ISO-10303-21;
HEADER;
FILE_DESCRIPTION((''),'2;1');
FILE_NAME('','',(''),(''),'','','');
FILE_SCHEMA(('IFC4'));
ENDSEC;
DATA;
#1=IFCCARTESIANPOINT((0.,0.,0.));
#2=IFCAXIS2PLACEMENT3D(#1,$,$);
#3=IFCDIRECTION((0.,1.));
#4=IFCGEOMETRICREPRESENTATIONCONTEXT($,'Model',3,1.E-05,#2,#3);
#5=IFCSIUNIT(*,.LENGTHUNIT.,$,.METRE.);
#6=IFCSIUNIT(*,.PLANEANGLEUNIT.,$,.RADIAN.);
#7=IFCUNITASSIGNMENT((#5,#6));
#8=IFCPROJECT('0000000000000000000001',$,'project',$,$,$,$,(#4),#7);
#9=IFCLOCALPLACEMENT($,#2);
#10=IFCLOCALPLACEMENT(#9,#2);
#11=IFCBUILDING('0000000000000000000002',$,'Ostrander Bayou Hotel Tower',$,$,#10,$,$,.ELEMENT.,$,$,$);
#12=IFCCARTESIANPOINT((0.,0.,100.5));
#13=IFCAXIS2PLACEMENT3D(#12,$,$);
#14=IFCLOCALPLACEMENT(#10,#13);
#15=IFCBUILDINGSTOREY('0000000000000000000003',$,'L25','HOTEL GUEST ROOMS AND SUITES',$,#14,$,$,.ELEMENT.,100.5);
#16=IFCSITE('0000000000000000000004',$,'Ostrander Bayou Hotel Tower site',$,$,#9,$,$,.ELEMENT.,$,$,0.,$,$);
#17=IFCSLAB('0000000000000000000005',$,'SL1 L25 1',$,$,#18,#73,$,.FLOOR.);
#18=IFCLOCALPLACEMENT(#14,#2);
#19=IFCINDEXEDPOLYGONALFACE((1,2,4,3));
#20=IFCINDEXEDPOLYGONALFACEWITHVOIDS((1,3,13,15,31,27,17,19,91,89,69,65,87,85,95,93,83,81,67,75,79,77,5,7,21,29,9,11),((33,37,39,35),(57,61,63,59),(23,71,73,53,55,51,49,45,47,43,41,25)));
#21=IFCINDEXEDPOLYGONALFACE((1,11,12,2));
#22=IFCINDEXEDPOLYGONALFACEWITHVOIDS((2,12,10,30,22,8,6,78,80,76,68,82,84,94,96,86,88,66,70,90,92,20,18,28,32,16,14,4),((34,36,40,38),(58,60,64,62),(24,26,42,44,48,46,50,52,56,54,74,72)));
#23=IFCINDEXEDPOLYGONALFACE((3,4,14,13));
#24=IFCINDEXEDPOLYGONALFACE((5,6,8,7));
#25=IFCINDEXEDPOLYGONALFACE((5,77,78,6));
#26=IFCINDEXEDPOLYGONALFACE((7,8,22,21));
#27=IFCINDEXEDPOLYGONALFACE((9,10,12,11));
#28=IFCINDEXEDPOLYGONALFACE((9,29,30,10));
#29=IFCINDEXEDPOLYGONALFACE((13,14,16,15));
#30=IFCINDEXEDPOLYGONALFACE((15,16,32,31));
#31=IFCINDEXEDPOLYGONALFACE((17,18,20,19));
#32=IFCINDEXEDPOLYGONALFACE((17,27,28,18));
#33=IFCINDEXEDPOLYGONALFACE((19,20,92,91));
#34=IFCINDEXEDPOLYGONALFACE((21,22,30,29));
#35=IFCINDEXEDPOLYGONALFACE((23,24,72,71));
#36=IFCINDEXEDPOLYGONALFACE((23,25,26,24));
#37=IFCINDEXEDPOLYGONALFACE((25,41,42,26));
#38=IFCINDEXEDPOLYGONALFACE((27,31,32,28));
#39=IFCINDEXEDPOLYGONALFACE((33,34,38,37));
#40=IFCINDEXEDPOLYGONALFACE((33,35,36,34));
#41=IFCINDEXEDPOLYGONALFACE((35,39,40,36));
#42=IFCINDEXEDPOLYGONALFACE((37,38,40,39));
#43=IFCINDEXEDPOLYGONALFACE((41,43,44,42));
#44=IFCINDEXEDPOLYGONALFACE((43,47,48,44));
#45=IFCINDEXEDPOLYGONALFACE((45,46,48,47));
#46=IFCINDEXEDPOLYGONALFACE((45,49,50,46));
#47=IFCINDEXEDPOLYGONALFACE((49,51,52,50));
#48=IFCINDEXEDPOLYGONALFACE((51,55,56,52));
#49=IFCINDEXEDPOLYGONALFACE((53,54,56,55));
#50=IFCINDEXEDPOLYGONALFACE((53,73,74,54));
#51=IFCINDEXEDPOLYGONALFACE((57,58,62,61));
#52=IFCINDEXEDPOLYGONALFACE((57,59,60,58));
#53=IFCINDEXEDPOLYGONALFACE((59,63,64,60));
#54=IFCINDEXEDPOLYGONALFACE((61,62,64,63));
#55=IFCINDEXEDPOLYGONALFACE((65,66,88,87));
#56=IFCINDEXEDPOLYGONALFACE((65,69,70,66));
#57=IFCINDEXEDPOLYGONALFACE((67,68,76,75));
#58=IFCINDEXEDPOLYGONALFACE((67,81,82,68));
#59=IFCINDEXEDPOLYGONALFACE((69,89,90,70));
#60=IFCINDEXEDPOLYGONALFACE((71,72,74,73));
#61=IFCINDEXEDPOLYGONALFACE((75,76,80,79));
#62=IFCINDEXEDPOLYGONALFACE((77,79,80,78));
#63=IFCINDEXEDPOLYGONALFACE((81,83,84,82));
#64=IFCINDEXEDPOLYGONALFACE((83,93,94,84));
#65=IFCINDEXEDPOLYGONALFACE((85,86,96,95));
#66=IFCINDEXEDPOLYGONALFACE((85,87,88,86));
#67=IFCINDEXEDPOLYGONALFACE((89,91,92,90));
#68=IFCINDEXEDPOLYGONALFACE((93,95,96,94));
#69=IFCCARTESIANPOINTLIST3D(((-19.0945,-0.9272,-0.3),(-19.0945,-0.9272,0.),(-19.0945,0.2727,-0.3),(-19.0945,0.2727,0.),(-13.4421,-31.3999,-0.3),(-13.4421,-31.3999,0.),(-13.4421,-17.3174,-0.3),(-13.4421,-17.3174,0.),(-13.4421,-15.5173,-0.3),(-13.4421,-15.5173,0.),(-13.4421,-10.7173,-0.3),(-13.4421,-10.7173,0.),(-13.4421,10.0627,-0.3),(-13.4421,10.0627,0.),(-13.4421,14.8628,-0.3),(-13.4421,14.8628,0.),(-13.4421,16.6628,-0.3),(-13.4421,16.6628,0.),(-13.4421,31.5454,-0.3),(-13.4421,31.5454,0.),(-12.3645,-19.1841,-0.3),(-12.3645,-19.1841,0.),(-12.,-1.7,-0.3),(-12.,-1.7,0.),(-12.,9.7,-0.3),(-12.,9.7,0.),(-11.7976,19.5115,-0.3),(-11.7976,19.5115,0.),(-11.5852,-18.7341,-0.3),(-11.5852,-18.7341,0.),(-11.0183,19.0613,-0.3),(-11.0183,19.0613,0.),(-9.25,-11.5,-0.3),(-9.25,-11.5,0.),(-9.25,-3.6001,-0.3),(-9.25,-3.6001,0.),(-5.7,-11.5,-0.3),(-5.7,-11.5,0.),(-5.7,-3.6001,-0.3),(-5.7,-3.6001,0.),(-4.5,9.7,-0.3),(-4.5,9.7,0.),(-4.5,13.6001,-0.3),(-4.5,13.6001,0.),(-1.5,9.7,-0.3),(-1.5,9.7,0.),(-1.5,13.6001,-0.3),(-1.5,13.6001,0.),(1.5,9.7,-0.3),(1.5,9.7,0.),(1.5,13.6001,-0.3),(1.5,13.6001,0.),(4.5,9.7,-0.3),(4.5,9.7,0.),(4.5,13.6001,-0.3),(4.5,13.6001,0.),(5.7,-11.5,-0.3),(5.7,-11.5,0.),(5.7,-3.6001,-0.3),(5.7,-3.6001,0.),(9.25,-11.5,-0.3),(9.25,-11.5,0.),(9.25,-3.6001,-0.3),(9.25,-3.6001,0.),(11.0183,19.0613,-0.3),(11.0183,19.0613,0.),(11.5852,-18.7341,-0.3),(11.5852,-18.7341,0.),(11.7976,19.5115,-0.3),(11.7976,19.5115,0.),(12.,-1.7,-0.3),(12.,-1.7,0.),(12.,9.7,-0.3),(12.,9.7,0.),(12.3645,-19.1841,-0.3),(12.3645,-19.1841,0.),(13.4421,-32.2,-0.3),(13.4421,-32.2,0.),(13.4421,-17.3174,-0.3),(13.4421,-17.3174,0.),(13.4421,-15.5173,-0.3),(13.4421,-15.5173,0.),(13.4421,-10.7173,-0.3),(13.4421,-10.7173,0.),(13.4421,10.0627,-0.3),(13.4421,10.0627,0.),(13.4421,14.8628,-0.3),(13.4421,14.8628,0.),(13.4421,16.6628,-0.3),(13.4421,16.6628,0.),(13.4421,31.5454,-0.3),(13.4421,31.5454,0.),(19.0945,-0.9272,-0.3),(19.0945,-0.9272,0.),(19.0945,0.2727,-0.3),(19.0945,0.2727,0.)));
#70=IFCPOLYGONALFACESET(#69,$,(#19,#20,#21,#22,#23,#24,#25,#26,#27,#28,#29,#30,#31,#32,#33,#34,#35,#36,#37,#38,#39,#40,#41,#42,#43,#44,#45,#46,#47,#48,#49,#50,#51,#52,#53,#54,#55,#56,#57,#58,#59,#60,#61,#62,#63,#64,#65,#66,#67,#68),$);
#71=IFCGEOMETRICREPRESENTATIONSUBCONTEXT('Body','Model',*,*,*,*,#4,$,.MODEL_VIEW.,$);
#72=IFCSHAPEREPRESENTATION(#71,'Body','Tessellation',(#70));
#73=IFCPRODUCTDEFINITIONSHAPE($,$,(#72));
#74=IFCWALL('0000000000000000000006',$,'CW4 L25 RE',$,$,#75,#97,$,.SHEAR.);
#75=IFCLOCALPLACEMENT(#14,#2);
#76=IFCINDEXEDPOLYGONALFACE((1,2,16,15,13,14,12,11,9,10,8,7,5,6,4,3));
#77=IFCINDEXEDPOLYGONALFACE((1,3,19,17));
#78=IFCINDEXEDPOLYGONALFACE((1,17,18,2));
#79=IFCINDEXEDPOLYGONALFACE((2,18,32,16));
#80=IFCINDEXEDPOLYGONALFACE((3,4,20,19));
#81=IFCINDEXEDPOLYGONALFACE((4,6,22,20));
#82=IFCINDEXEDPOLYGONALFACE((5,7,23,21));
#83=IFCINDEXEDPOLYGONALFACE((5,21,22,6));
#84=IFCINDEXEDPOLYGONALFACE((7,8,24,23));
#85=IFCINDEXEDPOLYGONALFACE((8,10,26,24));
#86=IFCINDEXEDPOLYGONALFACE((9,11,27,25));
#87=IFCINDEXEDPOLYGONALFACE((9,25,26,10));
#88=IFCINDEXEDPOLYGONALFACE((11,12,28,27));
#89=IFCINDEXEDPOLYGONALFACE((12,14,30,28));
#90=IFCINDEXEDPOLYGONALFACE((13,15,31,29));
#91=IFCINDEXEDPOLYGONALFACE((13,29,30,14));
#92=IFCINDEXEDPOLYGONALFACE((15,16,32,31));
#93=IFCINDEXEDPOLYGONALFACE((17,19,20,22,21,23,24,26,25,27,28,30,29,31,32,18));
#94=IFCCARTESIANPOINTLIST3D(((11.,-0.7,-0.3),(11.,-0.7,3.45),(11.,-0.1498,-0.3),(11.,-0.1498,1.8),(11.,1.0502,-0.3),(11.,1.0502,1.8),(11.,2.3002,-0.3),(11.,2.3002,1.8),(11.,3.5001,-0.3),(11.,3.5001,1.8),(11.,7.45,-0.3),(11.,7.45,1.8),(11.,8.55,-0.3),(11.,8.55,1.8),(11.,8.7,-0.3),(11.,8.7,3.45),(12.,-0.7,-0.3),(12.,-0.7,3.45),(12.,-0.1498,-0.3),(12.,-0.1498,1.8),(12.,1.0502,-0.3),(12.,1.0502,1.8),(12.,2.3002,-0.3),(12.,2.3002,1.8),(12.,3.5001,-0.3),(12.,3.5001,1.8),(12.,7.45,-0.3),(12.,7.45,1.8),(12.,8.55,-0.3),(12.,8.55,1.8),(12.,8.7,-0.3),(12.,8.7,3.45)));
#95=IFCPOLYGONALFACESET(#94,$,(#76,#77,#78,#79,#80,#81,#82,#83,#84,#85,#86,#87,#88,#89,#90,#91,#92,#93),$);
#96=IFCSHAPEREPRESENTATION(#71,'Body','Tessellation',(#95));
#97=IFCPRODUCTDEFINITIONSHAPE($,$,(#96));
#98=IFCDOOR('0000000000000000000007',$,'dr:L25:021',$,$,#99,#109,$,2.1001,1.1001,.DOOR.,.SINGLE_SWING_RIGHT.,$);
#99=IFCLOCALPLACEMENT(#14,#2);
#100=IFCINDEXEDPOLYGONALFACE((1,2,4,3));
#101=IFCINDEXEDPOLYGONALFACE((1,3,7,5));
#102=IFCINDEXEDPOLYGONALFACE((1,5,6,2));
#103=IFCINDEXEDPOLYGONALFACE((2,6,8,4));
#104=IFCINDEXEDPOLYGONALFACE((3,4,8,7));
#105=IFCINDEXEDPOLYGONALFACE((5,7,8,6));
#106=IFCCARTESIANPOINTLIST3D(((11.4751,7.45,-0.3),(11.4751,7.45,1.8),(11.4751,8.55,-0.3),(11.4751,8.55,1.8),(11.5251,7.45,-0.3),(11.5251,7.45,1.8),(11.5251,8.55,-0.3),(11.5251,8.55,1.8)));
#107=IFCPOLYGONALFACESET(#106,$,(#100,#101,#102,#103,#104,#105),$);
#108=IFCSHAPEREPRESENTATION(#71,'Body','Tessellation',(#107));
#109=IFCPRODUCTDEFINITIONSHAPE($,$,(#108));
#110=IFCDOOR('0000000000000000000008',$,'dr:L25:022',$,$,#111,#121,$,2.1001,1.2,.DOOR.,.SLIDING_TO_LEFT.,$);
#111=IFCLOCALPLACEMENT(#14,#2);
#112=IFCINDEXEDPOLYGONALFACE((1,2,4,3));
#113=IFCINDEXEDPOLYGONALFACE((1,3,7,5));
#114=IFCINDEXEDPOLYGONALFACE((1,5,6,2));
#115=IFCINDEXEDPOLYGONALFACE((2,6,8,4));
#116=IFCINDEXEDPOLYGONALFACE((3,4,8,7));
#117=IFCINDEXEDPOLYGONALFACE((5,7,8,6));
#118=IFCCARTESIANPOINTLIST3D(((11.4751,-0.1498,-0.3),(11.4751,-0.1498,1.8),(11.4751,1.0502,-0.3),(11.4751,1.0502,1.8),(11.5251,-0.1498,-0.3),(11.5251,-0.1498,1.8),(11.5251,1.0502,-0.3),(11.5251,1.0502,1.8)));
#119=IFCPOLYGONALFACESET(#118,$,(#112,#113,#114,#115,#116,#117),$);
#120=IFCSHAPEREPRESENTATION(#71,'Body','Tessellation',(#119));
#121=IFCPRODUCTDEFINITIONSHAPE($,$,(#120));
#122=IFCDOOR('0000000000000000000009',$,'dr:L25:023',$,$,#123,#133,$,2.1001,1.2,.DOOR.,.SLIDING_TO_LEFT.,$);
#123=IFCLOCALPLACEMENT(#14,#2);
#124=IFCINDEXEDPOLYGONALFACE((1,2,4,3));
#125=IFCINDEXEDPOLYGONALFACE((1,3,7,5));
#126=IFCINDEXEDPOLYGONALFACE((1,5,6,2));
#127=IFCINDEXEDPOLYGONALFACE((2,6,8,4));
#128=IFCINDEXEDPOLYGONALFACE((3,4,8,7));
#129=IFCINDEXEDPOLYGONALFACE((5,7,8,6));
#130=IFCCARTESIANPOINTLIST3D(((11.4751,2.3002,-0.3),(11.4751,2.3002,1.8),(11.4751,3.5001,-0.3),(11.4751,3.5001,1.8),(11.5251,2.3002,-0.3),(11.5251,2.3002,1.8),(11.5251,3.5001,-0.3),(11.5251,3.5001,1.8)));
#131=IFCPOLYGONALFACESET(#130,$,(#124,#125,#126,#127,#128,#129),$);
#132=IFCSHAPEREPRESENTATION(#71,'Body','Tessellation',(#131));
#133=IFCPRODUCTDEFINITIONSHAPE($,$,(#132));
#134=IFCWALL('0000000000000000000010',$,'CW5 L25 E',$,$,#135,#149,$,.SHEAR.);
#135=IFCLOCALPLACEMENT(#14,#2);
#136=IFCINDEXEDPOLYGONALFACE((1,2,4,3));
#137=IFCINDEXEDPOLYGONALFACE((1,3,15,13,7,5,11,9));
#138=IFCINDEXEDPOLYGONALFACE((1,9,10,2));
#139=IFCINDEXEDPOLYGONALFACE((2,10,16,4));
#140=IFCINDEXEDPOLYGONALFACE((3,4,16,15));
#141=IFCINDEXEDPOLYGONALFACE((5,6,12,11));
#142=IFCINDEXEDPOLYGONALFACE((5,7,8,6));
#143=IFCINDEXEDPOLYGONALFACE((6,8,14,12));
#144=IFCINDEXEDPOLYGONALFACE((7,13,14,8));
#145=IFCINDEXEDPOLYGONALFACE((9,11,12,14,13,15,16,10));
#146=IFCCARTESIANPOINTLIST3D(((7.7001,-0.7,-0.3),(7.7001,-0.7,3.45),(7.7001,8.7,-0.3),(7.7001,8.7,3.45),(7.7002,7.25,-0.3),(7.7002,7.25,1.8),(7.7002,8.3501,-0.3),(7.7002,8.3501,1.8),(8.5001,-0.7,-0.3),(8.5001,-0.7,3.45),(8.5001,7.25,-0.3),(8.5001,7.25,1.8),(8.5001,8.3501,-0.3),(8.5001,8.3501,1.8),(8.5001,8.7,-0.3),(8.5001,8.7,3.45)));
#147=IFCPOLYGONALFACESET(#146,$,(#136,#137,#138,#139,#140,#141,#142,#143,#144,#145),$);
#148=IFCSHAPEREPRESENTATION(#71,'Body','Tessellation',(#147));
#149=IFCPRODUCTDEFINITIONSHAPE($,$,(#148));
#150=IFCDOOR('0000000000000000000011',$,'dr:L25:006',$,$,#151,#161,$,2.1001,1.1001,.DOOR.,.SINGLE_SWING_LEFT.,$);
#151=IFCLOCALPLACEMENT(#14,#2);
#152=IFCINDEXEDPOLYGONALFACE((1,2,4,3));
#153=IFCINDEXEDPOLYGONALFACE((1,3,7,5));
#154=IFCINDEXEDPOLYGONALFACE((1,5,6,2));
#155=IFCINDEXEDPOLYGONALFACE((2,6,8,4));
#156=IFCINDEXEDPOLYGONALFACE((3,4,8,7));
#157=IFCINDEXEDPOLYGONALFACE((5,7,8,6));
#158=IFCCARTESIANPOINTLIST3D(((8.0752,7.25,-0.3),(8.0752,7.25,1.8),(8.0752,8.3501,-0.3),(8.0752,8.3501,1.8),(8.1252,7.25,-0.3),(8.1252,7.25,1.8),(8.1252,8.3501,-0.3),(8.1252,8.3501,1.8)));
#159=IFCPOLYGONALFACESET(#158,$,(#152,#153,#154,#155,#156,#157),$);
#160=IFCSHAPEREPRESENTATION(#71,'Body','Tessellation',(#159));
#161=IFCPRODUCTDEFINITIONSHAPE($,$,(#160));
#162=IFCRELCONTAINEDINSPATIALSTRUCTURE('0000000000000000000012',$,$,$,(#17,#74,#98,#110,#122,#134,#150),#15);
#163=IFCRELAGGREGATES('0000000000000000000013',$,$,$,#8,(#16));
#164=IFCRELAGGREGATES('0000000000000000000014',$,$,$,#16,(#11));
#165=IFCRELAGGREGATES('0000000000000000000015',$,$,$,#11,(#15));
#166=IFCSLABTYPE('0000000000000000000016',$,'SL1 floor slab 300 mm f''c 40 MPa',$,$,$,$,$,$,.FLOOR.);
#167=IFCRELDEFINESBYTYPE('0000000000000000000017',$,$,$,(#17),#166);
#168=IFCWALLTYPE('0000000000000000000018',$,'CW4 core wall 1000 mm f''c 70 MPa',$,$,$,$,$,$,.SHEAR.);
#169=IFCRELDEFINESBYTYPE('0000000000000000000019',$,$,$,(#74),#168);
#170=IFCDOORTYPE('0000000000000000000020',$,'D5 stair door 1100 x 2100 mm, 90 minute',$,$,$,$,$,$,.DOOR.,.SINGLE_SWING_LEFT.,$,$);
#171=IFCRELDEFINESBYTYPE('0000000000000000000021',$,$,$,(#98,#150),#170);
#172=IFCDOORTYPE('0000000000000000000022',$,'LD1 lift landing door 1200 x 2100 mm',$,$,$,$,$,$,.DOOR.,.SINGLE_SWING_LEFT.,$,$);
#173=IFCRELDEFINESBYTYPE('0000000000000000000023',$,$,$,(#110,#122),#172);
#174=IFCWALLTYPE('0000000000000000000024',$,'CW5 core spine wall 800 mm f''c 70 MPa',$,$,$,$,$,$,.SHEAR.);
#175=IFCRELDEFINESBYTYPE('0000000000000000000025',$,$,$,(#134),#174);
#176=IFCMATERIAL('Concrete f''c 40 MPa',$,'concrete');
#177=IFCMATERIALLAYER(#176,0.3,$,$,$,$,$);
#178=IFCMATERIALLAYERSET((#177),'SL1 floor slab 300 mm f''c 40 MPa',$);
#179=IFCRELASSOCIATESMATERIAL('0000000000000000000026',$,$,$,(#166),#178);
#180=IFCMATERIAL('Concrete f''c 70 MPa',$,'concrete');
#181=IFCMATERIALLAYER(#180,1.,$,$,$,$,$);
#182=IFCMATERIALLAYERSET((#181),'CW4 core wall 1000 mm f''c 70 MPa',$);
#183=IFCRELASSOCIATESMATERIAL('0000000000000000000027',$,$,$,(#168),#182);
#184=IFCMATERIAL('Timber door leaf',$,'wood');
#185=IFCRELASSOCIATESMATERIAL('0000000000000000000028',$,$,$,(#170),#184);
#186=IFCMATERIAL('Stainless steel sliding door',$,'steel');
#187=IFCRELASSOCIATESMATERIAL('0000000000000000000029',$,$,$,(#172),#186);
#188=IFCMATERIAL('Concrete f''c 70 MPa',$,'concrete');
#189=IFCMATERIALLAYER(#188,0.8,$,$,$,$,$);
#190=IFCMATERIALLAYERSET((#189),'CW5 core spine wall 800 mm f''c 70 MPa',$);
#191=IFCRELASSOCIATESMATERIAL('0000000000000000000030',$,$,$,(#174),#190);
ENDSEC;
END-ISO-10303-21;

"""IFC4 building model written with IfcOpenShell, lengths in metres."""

from ifc_helpers import new_model, si_unit, direction, frame, frame_2d, origin, place, context, subcontext, project, spatial, polyline, rectangle, outline, extrude, material, layer, layer_set, type_object, element, fill, save


model = new_model("IFC4")

# Units and contexts
model_context = context("Model", 3, precision=1e-05, world=origin(), true_north=direction((0.0, 1.0)))
body_context = subcontext(model_context, "Body", "Model", "MODEL_VIEW")
ifc_project = project(units=[si_unit("LENGTHUNIT", "METRE"), si_unit("PLANEANGLEUNIT", "RADIAN")], contexts=[model_context])

# Site, building, storey
site_placement = place(None, origin())
site = spatial("IfcSite", under=ifc_project, at=site_placement, Name="Ostrander Bayou Hotel Tower site", CompositionType="ELEMENT", RefElevation=0.0)
building_placement = place(site_placement, origin())
building = spatial("IfcBuilding", under=site, at=building_placement, Name="Ostrander Bayou Hotel Tower", CompositionType="ELEMENT")
storey_placement = place(building_placement, frame((0.0, 0.0, 100.5)))
storey = spatial("IfcBuildingStorey", under=building, at=storey_placement, Name="L25", Description="HOTEL GUEST ROOMS AND SUITES", CompositionType="ELEMENT", Elevation=100.5)

# Slab
ifc_material_1 = material(Name="Concrete f'c 40 MPa", Category="concrete")
ifc_layer_1 = layer(ifc_material_1, 0.3)
ifc_layer_set_1 = layer_set([ifc_layer_1], Name="SL1 floor slab 300 mm f'c 40 MPa")
slab_type = type_object("IfcSlabType", Name="SL1 floor slab 300 mm f'c 40 MPa", PredefinedType="FLOOR", material=ifc_layer_set_1)
slab_placement = place(storey_placement, frame((0.0, 0.0, -0.3)))
element("IfcSlab", 1, at=slab_placement, inside=storey, type_object=slab_type, Name="SL1 L25 1", PredefinedType="FLOOR", context=body_context, shape_type="SweptSolid", body=[
    extrude(outline(polyline([(-12.3645, -19.1841), (-11.5852, -18.7341), (-13.4421, -15.5173), (-13.4421, -10.7173), (-19.0945, -0.9272), (-19.0945, 0.2727), (-13.4421, 10.0627), (-13.4421, 14.8628), (-11.0183, 19.0613), (-11.7976, 19.5115), (-13.4421, 16.6628), (-13.4421, 31.5454), (13.4421, 31.5454), (13.4421, 16.6628), (11.7976, 19.5115), (11.0183, 19.0613), (13.4421, 14.8628), (13.4421, 10.0627), (19.0945, 0.2727), (19.0945, -0.9272), (13.4421, -10.7173), (13.4421, -15.5173), (11.5852, -18.7341), (12.3645, -19.1841), (13.4421, -17.3174), (13.4421, -32.2), (-13.4421, -31.3999), (-13.4421, -17.3174), (-12.3645, -19.1841)]), holes=[polyline([(-12.0, -1.7), (12.0, -1.7), (12.0, 9.7), (4.5, 9.7), (4.5, 13.6001), (1.5, 13.6001), (1.5, 9.7), (-1.5, 9.7), (-1.5, 13.6001), (-4.5, 13.6001), (-4.5, 9.7), (-12.0, 9.7), (-12.0, -1.7)]), polyline([(9.25, -3.6001), (5.7, -3.6001), (5.7, -11.5), (9.25, -11.5), (9.25, -3.6001)]), polyline([(-5.7, -3.6001), (-9.25, -3.6001), (-9.25, -11.5), (-5.7, -11.5), (-5.7, -3.6001)])]), origin(), (0.0, 0.0, 1.0), 0.3),
])

# Wall, openings, doors
ifc_material_2 = material(Name="Concrete f'c 70 MPa", Category="concrete")
ifc_layer_2 = layer(ifc_material_2, 1.0)
ifc_layer_set_2 = layer_set([ifc_layer_2], Name="CW4 core wall 1000 mm f'c 70 MPa")
wall_type_1 = type_object("IfcWallType", Name="CW4 core wall 1000 mm f'c 70 MPa", PredefinedType="SHEAR", material=ifc_layer_set_2)
wall_1_placement = place(storey_placement, frame((11.5, -0.7, -0.3), z_axis=(0.0, 0.0, 1.0), x_axis=(0.0, 1.0, 0.0)))
wall_1 = element("IfcWall", 2, at=wall_1_placement, inside=storey, type_object=wall_type_1, Name="CW4 L25 RE", PredefinedType="SHEAR", context=body_context, shape_type="SweptSolid", body=[
    extrude(rectangle(XDim=9.3999, YDim=1.0, at=frame_2d((4.7, 0.0))), origin(), (0.0, 0.0, 1.0), 3.75),
])
opening_1_placement = place(wall_1_placement, frame((8.1499, 0.0, 0.0)))
opening_1 = element("IfcOpeningElement", 3, at=opening_1_placement, cuts=wall_1, PredefinedType="OPENING", context=body_context, shape_type="SweptSolid", body=[
    extrude(rectangle(XDim=1.1001, YDim=2.1001, at=frame_2d((0.55, 1.05))), frame((0.0, 0.5, 0.0), z_axis=(0.0, -1.0, 0.0), x_axis=(1.0, 0.0, 0.0)), (0.0, 0.0, 1.0), 1.0),
])
opening_2_placement = place(wall_1_placement, frame((0.55, 0.0, 0.0)))
opening_2 = element("IfcOpeningElement", 4, at=opening_2_placement, cuts=wall_1, PredefinedType="OPENING", context=body_context, shape_type="SweptSolid", body=[
    extrude(rectangle(XDim=1.2, YDim=2.1001, at=frame_2d((0.6001, 1.05))), frame((0.0, 0.5, 0.0), z_axis=(0.0, -1.0, 0.0), x_axis=(1.0, 0.0, 0.0)), (0.0, 0.0, 1.0), 1.0),
])
opening_3_placement = place(wall_1_placement, frame((3.0, 0.0, 0.0)))
opening_3 = element("IfcOpeningElement", 5, at=opening_3_placement, cuts=wall_1, PredefinedType="OPENING", context=body_context, shape_type="SweptSolid", body=[
    extrude(rectangle(XDim=1.2, YDim=2.1001, at=frame_2d((0.6001, 1.05))), frame((0.0, 0.5, 0.0), z_axis=(0.0, -1.0, 0.0), x_axis=(1.0, 0.0, 0.0)), (0.0, 0.0, 1.0), 1.0),
])
ifc_material_3 = material(Name="Timber door leaf", Category="wood")
door_type_1 = type_object("IfcDoorType", Name="D5 stair door 1100 x 2100 mm, 90 minute", OperationType="SINGLE_SWING_LEFT", PredefinedType="DOOR", material=ifc_material_3)
door_1_placement = place(opening_1_placement, origin())
door_1 = element("IfcDoor", 6, at=door_1_placement, inside=storey, type_object=door_type_1, Name="dr:L25:021", OperationType="SINGLE_SWING_RIGHT", OverallHeight=2.1001, OverallWidth=1.1001, PredefinedType="DOOR", context=body_context, shape_type="SweptSolid", body=[
    extrude(rectangle(XDim=1.1001, YDim=2.1001, at=frame_2d((0.55, 1.05))), frame((0.0, 0.0249, 0.0), z_axis=(0.0, -1.0, 0.0), x_axis=(1.0, 0.0, 0.0)), (0.0, 0.0, 1.0), 0.05),
])
fill(opening_1, door_1)
ifc_material_4 = material(Name="Stainless steel sliding door", Category="steel")
door_type_2 = type_object("IfcDoorType", Name="LD1 lift landing door 1200 x 2100 mm", OperationType="SINGLE_SWING_LEFT", PredefinedType="DOOR", material=ifc_material_4)
door_2_placement = place(opening_2_placement, origin())
door_2 = element("IfcDoor", 7, at=door_2_placement, inside=storey, type_object=door_type_2, Name="dr:L25:022", OperationType="SLIDING_TO_LEFT", OverallHeight=2.1001, OverallWidth=1.2, PredefinedType="DOOR", context=body_context, shape_type="SweptSolid", body=[
    extrude(rectangle(XDim=1.2, YDim=2.1001, at=frame_2d((0.6001, 1.05))), frame((0.0, 0.0249, 0.0), z_axis=(0.0, -1.0, 0.0), x_axis=(1.0, 0.0, 0.0)), (0.0, 0.0, 1.0), 0.05),
])
fill(opening_2, door_2)
door_3_placement = place(opening_3_placement, origin())
door_3 = element("IfcDoor", 8, at=door_3_placement, inside=storey, type_object=door_type_2, Name="dr:L25:023", OperationType="SLIDING_TO_LEFT", OverallHeight=2.1001, OverallWidth=1.2, PredefinedType="DOOR", context=body_context, shape_type="SweptSolid", body=[
    extrude(rectangle(XDim=1.2, YDim=2.1001, at=frame_2d((0.6001, 1.05))), frame((0.0, 0.0249, 0.0), z_axis=(0.0, -1.0, 0.0), x_axis=(1.0, 0.0, 0.0)), (0.0, 0.0, 1.0), 0.05),
])
fill(opening_3, door_3)

# Wall, opening, door
ifc_material_5 = material(Name="Concrete f'c 70 MPa", Category="concrete")
ifc_layer_3 = layer(ifc_material_5, 0.8)
ifc_layer_set_3 = layer_set([ifc_layer_3], Name="CW5 core spine wall 800 mm f'c 70 MPa")
wall_type_2 = type_object("IfcWallType", Name="CW5 core spine wall 800 mm f'c 70 MPa", PredefinedType="SHEAR", material=ifc_layer_set_3)
wall_2_placement = place(storey_placement, frame((8.1001, -0.7, -0.3), z_axis=(0.0, 0.0, 1.0), x_axis=(0.0, 1.0, 0.0)))
wall_2 = element("IfcWall", 9, at=wall_2_placement, inside=storey, type_object=wall_type_2, Name="CW5 L25 E", PredefinedType="SHEAR", context=body_context, shape_type="SweptSolid", body=[
    extrude(rectangle(XDim=9.3999, YDim=0.8, at=frame_2d((4.7, 0.0))), origin(), (0.0, 0.0, 1.0), 3.75),
])
opening_4_placement = place(wall_2_placement, frame((7.95, 0.0, 0.0)))
opening_4 = element("IfcOpeningElement", 10, at=opening_4_placement, cuts=wall_2, PredefinedType="OPENING", context=body_context, shape_type="SweptSolid", body=[
    extrude(rectangle(XDim=1.1001, YDim=2.1001, at=frame_2d((0.55, 1.05))), frame((0.0, 0.3999, 0.0), z_axis=(0.0, -1.0, 0.0), x_axis=(1.0, 0.0, 0.0)), (0.0, 0.0, 1.0), 0.8),
])
door_4_placement = place(opening_4_placement, origin())
door_4 = element("IfcDoor", 11, at=door_4_placement, inside=storey, type_object=door_type_1, Name="dr:L25:006", OperationType="SINGLE_SWING_LEFT", OverallHeight=2.1001, OverallWidth=1.1001, PredefinedType="DOOR", context=body_context, shape_type="SweptSolid", body=[
    extrude(rectangle(XDim=1.1001, YDim=2.1001, at=frame_2d((0.55, 1.05))), frame((0.0, 0.0249, 0.0), z_axis=(0.0, -1.0, 0.0), x_axis=(1.0, 0.0, 0.0)), (0.0, 0.0, 1.0), 0.05),
])
fill(opening_4, door_4)

save(model, "model.ifc")
